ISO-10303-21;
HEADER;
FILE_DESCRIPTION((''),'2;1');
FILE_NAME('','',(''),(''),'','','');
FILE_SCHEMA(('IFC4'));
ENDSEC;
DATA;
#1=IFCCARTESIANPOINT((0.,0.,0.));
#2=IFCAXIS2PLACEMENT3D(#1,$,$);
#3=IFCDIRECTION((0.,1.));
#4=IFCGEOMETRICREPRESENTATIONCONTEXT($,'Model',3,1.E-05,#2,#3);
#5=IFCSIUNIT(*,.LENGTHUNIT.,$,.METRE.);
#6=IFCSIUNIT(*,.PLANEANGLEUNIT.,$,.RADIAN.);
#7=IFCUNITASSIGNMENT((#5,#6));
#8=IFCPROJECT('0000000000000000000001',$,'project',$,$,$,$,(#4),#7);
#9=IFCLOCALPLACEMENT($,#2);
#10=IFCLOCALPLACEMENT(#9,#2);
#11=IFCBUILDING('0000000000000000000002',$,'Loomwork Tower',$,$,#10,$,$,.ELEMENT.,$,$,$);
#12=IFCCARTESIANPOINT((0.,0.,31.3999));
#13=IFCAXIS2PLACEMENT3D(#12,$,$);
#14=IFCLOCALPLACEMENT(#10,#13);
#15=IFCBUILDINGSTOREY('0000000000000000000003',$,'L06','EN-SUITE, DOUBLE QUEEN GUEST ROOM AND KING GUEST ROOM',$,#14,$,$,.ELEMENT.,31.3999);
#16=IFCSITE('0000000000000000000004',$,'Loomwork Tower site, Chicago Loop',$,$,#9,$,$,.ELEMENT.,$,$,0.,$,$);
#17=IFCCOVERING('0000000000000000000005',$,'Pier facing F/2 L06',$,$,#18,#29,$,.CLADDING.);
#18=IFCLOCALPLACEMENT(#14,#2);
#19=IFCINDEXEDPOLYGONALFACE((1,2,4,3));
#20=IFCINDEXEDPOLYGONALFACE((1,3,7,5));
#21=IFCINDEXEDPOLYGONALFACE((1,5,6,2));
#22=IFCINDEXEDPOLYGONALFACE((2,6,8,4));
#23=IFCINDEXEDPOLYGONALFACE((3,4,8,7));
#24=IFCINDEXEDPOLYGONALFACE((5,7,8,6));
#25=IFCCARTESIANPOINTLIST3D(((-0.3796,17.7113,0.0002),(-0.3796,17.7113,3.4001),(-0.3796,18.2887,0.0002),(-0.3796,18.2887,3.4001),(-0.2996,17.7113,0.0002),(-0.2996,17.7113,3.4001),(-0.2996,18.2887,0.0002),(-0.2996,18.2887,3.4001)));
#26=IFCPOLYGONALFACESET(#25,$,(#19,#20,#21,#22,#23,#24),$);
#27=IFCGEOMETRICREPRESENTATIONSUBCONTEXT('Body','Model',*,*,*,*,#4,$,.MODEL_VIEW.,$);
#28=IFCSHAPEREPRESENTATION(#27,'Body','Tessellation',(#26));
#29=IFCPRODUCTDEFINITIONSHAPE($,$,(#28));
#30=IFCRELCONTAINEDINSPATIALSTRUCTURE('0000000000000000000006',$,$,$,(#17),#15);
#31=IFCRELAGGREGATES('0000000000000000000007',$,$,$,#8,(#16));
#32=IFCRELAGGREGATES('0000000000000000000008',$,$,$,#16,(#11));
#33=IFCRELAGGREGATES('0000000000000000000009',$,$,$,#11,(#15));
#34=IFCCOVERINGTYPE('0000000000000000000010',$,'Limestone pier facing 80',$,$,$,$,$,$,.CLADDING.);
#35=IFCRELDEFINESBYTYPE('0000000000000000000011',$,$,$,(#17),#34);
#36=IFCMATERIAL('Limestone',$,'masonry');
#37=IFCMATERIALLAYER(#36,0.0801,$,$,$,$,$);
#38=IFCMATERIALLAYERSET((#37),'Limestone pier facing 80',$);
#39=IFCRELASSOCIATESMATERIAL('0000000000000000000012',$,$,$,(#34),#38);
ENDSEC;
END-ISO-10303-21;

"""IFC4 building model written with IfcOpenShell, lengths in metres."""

from ifc_helpers import new_model, si_unit, direction, frame, origin, origin_2d, place, context, subcontext, project, spatial, rectangle, extrude, material, layer, layer_set, type_object, element, save


model = new_model("IFC4")

# Units and contexts
model_context = context("Model", 3, precision=1e-05, world=origin(), true_north=direction((0.0, 1.0)))
body_context = subcontext(model_context, "Body", "Model", "MODEL_VIEW")
ifc_project = project(units=[si_unit("LENGTHUNIT", "METRE"), si_unit("PLANEANGLEUNIT", "RADIAN")], contexts=[model_context])

# Site, building, storey
site_placement = place(None, origin())
site = spatial("IfcSite", under=ifc_project, at=site_placement, Name="Loomwork Tower site, Chicago Loop", CompositionType="ELEMENT", RefElevation=0.0)
building_placement = place(site_placement, origin())
building = spatial("IfcBuilding", under=site, at=building_placement, Name="Loomwork Tower", CompositionType="ELEMENT")
storey_placement = place(building_placement, frame((0.0, 0.0, 31.3999)))
storey = spatial("IfcBuildingStorey", under=building, at=storey_placement, Name="L06", Description="EN-SUITE, DOUBLE QUEEN GUEST ROOM AND KING GUEST ROOM", CompositionType="ELEMENT", Elevation=31.3999)

# Covering
ifc_material_1 = material(Name="Limestone", Category="masonry")
ifc_layer_1 = layer(ifc_material_1, 0.0801)
ifc_layer_set_1 = layer_set([ifc_layer_1], Name="Limestone pier facing 80")
covering_type = type_object("IfcCoveringType", Name="Limestone pier facing 80", PredefinedType="CLADDING", material=ifc_layer_set_1)
covering_placement = place(storey_placement, frame((-0.3396, 18.0, 0.0002), z_axis=(0.0, 0.0, 1.0), x_axis=(1.0, 0.0, 0.0)))
element("IfcCovering", 1, at=covering_placement, inside=storey, type_object=covering_type, Name="Pier facing F/2 L06", PredefinedType="CLADDING", context=body_context, shape_type="SweptSolid", body=[
    extrude(rectangle(XDim=0.0801, YDim=0.5774, at=origin_2d()), origin(), (0.0, 0.0, 1.0), 3.3999),
])

save(model, "model.ifc")
